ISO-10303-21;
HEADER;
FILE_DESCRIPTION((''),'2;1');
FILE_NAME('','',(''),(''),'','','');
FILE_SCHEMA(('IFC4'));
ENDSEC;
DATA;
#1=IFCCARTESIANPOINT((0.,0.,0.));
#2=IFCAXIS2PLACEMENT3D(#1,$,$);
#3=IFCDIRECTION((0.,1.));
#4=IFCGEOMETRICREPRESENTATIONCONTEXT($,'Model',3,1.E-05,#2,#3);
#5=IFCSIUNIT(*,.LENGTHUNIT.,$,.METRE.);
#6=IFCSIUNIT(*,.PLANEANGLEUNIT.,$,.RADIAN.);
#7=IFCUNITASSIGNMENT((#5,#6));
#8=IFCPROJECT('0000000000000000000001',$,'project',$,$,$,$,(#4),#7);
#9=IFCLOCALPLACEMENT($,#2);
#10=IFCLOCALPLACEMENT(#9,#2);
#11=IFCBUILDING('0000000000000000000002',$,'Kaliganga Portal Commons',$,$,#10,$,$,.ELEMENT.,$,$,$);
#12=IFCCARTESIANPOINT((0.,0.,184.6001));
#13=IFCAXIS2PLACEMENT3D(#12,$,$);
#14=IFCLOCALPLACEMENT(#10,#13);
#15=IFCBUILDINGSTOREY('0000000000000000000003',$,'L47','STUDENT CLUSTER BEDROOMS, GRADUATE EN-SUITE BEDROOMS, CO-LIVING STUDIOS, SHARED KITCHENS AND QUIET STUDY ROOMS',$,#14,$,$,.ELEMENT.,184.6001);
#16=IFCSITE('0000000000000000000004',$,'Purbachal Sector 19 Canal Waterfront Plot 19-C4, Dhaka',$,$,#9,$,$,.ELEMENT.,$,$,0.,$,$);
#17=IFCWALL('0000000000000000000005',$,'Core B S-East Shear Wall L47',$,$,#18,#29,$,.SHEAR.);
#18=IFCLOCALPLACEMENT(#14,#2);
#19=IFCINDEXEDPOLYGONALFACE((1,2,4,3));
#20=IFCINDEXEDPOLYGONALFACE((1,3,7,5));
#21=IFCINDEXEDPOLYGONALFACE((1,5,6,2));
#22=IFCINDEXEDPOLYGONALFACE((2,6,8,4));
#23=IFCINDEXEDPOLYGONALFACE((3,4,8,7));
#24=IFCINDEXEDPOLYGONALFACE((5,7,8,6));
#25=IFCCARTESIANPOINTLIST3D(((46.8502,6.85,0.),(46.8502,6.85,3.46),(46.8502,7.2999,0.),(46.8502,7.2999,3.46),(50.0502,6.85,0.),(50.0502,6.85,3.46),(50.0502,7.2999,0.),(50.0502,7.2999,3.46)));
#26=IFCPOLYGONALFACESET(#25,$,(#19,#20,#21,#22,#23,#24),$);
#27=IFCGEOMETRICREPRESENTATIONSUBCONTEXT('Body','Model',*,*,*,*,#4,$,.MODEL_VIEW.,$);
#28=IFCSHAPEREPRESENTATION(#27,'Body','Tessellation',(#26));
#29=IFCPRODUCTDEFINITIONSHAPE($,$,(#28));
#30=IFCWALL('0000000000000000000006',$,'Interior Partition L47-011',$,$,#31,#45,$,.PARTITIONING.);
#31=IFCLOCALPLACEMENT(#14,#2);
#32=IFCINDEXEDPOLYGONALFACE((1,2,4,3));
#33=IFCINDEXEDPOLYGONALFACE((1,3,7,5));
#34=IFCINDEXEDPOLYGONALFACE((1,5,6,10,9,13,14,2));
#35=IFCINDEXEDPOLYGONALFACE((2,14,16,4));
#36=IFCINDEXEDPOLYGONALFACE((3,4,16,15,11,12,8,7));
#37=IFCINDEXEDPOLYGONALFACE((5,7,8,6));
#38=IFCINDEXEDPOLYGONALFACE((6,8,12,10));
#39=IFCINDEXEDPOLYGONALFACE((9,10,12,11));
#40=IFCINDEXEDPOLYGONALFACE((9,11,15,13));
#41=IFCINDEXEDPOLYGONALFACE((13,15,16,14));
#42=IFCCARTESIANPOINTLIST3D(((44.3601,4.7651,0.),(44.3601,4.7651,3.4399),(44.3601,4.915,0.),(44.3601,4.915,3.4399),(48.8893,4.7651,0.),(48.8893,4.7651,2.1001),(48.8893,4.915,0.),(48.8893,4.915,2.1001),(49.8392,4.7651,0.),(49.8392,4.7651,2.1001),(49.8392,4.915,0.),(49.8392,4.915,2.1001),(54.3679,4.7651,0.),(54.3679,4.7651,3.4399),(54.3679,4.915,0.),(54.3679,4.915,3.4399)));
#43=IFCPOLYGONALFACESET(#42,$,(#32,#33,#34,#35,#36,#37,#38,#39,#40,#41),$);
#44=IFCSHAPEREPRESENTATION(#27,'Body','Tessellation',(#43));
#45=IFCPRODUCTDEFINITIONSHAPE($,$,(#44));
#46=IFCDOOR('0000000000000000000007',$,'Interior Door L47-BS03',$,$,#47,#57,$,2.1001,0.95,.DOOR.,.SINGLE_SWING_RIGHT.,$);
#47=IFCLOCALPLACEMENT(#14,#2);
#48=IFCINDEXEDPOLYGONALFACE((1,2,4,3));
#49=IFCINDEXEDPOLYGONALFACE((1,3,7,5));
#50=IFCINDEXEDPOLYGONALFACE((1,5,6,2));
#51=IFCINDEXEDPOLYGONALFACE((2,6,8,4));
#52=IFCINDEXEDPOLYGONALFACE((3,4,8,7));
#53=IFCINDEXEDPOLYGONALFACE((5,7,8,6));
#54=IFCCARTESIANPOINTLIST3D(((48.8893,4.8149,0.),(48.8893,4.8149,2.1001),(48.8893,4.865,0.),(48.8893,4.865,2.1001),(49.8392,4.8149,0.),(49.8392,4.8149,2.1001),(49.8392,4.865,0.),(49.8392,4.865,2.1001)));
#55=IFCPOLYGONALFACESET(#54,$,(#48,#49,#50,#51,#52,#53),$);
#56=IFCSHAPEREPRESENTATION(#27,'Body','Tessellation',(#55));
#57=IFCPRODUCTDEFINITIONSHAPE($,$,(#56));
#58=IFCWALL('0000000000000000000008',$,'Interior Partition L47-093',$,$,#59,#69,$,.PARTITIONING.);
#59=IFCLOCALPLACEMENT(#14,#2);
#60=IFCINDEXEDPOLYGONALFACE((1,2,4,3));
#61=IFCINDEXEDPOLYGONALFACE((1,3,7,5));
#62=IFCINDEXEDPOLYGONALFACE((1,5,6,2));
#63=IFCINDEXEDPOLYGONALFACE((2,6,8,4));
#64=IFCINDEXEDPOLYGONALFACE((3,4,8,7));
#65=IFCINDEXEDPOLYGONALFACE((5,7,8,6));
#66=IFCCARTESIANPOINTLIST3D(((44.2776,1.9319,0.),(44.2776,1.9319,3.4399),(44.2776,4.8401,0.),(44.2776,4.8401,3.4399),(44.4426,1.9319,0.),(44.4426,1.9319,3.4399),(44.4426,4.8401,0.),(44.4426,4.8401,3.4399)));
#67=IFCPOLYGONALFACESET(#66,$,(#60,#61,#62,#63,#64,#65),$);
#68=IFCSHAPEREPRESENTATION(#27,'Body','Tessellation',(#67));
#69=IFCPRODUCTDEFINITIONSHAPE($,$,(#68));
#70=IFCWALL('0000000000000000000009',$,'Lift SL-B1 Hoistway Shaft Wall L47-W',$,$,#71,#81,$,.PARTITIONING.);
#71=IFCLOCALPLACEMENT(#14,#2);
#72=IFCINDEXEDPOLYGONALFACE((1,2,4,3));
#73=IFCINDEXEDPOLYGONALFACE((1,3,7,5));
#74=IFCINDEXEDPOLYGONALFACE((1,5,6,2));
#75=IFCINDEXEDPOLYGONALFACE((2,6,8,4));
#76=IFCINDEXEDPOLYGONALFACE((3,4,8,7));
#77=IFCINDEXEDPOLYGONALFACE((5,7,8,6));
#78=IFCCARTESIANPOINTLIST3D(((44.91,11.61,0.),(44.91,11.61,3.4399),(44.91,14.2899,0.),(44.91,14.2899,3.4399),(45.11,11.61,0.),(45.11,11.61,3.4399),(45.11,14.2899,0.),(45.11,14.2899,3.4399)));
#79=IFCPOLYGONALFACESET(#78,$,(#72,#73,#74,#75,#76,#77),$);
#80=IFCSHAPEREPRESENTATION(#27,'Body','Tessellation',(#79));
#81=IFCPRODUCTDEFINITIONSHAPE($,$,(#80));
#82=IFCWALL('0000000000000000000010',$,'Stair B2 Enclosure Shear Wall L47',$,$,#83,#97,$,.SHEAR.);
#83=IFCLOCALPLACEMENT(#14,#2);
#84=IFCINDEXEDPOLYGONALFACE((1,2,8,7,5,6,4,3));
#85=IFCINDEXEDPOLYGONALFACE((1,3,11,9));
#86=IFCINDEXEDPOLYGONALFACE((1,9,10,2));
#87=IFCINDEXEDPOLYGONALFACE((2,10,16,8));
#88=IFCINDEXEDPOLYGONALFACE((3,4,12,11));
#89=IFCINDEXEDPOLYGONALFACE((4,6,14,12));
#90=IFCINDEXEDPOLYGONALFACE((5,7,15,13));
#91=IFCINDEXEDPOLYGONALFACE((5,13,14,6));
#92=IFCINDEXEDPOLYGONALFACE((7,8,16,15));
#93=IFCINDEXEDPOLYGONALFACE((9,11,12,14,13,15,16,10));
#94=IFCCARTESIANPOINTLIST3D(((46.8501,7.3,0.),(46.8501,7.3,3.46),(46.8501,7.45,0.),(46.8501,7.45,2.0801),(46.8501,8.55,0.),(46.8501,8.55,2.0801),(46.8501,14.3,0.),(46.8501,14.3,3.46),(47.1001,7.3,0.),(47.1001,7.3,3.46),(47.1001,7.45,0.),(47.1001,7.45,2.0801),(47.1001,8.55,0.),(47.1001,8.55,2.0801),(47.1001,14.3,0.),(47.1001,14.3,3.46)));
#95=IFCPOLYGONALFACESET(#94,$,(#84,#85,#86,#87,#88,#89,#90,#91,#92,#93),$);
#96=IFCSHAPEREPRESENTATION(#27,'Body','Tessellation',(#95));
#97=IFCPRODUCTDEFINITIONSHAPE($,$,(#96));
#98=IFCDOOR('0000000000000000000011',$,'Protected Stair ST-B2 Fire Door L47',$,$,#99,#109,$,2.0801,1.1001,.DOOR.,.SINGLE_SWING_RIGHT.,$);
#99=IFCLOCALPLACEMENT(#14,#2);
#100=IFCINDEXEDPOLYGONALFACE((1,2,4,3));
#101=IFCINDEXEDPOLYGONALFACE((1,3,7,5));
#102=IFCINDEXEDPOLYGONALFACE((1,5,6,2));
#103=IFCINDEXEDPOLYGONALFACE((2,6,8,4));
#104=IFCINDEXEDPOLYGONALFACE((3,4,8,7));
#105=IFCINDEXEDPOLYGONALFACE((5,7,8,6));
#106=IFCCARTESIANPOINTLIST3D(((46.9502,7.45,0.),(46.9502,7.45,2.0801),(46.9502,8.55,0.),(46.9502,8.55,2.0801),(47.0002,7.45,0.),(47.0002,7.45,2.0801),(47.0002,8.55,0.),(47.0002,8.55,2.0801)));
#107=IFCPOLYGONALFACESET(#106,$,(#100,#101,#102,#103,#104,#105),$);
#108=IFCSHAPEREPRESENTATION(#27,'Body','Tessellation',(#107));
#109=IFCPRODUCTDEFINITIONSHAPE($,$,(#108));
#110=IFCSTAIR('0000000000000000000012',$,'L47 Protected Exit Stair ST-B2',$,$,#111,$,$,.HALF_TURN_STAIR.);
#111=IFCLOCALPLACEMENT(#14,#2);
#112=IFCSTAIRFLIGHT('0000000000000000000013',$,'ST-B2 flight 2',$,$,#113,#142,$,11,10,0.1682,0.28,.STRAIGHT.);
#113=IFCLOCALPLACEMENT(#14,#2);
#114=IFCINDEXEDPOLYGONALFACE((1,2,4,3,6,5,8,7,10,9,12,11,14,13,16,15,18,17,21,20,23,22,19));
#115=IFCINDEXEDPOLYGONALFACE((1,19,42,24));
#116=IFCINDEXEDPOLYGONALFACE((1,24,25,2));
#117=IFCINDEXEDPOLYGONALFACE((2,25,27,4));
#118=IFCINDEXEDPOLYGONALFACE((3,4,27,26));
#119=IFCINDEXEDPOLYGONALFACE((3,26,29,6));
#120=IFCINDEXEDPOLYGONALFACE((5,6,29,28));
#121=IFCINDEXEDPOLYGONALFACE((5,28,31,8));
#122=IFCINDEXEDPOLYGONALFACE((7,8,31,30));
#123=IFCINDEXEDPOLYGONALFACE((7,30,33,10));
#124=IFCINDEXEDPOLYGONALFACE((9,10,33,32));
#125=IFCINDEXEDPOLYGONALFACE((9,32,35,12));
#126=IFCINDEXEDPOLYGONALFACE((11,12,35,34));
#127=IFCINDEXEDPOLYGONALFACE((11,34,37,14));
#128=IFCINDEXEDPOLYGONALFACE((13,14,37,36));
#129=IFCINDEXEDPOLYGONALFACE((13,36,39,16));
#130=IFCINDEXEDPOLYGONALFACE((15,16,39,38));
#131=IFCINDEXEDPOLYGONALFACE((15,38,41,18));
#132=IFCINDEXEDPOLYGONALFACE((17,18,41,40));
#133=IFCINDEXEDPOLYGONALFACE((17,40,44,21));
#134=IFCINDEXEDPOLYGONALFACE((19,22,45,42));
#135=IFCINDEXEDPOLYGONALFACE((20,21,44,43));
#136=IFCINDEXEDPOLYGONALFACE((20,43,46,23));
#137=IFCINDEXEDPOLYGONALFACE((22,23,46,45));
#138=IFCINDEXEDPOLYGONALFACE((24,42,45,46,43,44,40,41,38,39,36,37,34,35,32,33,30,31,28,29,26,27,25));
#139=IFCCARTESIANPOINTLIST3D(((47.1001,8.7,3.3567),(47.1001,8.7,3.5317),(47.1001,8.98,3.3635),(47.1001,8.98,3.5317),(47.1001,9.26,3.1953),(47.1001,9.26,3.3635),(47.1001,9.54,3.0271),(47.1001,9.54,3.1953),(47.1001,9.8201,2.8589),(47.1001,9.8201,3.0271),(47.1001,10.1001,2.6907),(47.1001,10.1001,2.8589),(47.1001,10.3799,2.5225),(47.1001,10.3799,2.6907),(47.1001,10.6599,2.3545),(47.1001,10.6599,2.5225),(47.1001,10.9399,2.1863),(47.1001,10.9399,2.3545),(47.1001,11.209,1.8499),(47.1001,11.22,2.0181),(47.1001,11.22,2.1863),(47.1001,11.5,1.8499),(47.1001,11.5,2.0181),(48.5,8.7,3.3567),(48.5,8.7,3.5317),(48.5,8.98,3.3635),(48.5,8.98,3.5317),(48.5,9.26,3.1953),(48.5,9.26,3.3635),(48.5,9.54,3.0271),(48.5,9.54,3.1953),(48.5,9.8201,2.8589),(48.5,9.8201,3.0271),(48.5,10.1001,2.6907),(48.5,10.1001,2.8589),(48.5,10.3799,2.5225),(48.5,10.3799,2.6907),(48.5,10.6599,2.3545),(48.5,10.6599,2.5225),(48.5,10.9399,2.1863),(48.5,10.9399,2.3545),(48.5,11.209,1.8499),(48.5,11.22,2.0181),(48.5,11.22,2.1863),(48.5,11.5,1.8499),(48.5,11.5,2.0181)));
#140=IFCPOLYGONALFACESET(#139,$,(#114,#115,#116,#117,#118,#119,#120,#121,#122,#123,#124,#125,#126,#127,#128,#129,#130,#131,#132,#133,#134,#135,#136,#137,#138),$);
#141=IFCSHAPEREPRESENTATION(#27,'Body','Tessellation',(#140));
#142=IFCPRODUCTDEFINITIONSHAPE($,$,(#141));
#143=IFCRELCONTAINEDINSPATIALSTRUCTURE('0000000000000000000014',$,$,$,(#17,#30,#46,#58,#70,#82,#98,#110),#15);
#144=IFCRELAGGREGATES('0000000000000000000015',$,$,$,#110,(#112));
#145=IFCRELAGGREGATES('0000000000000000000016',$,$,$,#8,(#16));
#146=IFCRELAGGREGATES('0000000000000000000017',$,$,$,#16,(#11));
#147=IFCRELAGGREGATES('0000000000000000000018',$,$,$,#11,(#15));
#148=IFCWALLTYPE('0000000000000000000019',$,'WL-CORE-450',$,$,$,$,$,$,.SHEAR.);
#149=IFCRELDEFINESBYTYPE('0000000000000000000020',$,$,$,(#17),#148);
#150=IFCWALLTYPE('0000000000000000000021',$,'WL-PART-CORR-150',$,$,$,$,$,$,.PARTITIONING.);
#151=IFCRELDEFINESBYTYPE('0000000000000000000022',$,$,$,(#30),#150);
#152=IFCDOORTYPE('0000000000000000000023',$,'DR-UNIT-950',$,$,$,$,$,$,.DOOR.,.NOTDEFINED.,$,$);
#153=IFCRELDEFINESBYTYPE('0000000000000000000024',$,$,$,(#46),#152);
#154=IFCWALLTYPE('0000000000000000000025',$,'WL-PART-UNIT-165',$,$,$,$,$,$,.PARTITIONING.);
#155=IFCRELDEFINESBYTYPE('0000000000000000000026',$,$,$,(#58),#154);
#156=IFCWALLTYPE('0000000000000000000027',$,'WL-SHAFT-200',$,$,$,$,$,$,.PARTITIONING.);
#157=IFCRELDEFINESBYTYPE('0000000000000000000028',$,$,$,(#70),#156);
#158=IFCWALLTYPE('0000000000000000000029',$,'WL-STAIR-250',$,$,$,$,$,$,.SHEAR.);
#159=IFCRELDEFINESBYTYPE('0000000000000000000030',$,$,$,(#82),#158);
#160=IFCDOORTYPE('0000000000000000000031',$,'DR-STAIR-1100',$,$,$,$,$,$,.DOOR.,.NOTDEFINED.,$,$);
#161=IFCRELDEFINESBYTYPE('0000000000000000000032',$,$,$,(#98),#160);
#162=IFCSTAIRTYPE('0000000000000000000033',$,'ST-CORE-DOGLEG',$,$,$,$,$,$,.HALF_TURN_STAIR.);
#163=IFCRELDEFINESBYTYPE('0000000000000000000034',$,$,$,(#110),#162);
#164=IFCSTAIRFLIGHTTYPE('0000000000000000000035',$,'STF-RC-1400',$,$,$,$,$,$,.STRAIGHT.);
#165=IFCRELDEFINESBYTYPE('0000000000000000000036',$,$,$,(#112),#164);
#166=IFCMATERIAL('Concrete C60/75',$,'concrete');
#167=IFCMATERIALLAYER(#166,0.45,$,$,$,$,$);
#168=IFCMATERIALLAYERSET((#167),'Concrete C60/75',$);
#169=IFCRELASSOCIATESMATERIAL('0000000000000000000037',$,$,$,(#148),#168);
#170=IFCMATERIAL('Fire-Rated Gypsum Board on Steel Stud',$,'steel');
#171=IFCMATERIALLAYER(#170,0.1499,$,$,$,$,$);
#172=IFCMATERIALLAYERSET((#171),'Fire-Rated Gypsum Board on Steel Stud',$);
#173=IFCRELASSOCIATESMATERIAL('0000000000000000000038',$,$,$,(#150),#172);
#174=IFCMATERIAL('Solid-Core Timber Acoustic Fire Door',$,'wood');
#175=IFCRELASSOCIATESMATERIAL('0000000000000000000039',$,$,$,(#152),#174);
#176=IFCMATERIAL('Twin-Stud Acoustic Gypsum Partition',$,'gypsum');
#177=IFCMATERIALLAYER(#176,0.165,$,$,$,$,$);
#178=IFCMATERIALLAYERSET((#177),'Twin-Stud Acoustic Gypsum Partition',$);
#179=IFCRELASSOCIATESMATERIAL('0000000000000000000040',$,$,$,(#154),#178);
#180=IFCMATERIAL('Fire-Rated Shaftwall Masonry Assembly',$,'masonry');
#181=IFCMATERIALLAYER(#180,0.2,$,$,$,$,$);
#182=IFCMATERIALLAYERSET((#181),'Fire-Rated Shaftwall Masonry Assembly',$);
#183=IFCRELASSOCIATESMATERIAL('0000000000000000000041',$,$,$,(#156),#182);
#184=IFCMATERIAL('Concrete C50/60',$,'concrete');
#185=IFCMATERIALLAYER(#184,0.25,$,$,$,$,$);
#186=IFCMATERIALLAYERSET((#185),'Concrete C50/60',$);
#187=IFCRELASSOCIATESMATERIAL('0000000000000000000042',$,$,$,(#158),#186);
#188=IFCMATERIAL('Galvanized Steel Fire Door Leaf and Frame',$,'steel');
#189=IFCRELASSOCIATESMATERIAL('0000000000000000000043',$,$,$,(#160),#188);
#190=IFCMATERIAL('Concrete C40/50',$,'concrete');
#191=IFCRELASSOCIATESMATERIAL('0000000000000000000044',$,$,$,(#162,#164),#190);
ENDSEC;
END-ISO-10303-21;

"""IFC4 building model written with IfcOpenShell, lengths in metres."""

from ifc_helpers import new_model, si_unit, direction, frame, frame_2d, origin, place, context, subcontext, project, spatial, polyline, rectangle, outline, extrude, material, layer, layer_set, type_object, element, fill, aggregate, save


model = new_model("IFC4")

# Units and contexts
model_context = context("Model", 3, precision=1e-05, world=origin(), true_north=direction((0.0, 1.0)))
body_context = subcontext(model_context, "Body", "Model", "MODEL_VIEW")
ifc_project = project(units=[si_unit("LENGTHUNIT", "METRE"), si_unit("PLANEANGLEUNIT", "RADIAN")], contexts=[model_context])

# Site, building, storey
site_placement = place(None, origin())
site = spatial("IfcSite", under=ifc_project, at=site_placement, Name="Purbachal Sector 19 Canal Waterfront Plot 19-C4, Dhaka", CompositionType="ELEMENT", RefElevation=0.0)
building_placement = place(site_placement, origin())
building = spatial("IfcBuilding", under=site, at=building_placement, Name="Kaliganga Portal Commons", CompositionType="ELEMENT")
storey_placement = place(building_placement, frame((0.0, 0.0, 184.6001)))
storey = spatial("IfcBuildingStorey", under=building, at=storey_placement, Name="L47", Description="STUDENT CLUSTER BEDROOMS, GRADUATE EN-SUITE BEDROOMS, CO-LIVING STUDIOS, SHARED KITCHENS AND QUIET STUDY ROOMS", CompositionType="ELEMENT", Elevation=184.6001)

# Wall
ifc_material_1 = material(Name="Concrete C60/75", Category="concrete")
ifc_layer_1 = layer(ifc_material_1, 0.45)
ifc_layer_set_1 = layer_set([ifc_layer_1], Name="Concrete C60/75")
wall_type_1 = type_object("IfcWallType", Name="WL-CORE-450", PredefinedType="SHEAR", material=ifc_layer_set_1)
wall_1_placement = place(storey_placement, frame((46.8501, 7.075, 0.0), z_axis=(0.0, 0.0, 1.0), x_axis=(1.0, 0.0, 0.0)))
element("IfcWall", 1, at=wall_1_placement, inside=storey, type_object=wall_type_1, Name="Core B S-East Shear Wall L47", PredefinedType="SHEAR", context=body_context, shape_type="SweptSolid", body=[
    extrude(rectangle(XDim=3.2, YDim=0.45, at=frame_2d((1.6001, 0.0))), origin(), (0.0, 0.0, 1.0), 3.46),
])

# Wall, opening, door
ifc_material_2 = material(Name="Fire-Rated Gypsum Board on Steel Stud", Category="steel")
ifc_layer_2 = layer(ifc_material_2, 0.1499)
ifc_layer_set_2 = layer_set([ifc_layer_2], Name="Fire-Rated Gypsum Board on Steel Stud")
wall_type_2 = type_object("IfcWallType", Name="WL-PART-CORR-150", PredefinedType="PARTITIONING", material=ifc_layer_set_2)
wall_2_placement = place(storey_placement, frame((44.3601, 4.8401, 0.0), z_axis=(0.0, 0.0, 1.0), x_axis=(1.0, 0.0, 0.0)))
wall_2 = element("IfcWall", 2, at=wall_2_placement, inside=storey, type_object=wall_type_2, Name="Interior Partition L47-011", PredefinedType="PARTITIONING", context=body_context, shape_type="SweptSolid", body=[
    extrude(rectangle(XDim=10.0078, YDim=0.1499, at=frame_2d((5.0039, 0.0))), origin(), (0.0, 0.0, 1.0), 3.4399),
])
opening_1_placement = place(wall_2_placement, frame((4.5291, 0.0, 0.0)))
opening_1 = element("IfcOpeningElement", 3, at=opening_1_placement, cuts=wall_2, PredefinedType="OPENING", context=body_context, shape_type="SweptSolid", body=[
    extrude(rectangle(XDim=0.95, YDim=2.1001, at=frame_2d((0.4751, 1.05))), frame((0.0, 0.085, 0.0), z_axis=(0.0, -1.0, 0.0), x_axis=(1.0, 0.0, 0.0)), (0.0, 0.0, 1.0), 0.1699),
])
ifc_material_3 = material(Name="Solid-Core Timber Acoustic Fire Door", Category="wood")
door_type_1 = type_object("IfcDoorType", Name="DR-UNIT-950", OperationType="NOTDEFINED", PredefinedType="DOOR", material=ifc_material_3)
door_1_placement = place(opening_1_placement, origin())
door_1 = element("IfcDoor", 4, at=door_1_placement, inside=storey, type_object=door_type_1, Name="Interior Door L47-BS03", OperationType="SINGLE_SWING_RIGHT", OverallHeight=2.1001, OverallWidth=0.95, PredefinedType="DOOR", context=body_context, shape_type="SweptSolid", body=[
    extrude(rectangle(XDim=0.95, YDim=2.1001, at=frame_2d((0.4751, 1.05))), frame((0.0, 0.0249, 0.0), z_axis=(0.0, -1.0, 0.0), x_axis=(1.0, 0.0, 0.0)), (0.0, 0.0, 1.0), 0.05),
])
fill(opening_1, door_1)

# Walls
ifc_material_4 = material(Name="Twin-Stud Acoustic Gypsum Partition", Category="gypsum")
ifc_layer_3 = layer(ifc_material_4, 0.165)
ifc_layer_set_3 = layer_set([ifc_layer_3], Name="Twin-Stud Acoustic Gypsum Partition")
wall_type_3 = type_object("IfcWallType", Name="WL-PART-UNIT-165", PredefinedType="PARTITIONING", material=ifc_layer_set_3)
wall_3_placement = place(storey_placement, frame((44.3601, 1.9319, 0.0), z_axis=(0.0, 0.0, 1.0), x_axis=(0.0, 1.0, 0.0)))
element("IfcWall", 5, at=wall_3_placement, inside=storey, type_object=wall_type_3, Name="Interior Partition L47-093", PredefinedType="PARTITIONING", context=body_context, shape_type="SweptSolid", body=[
    extrude(rectangle(XDim=2.9082, YDim=0.165, at=frame_2d((1.4541, 0.0))), origin(), (0.0, 0.0, 1.0), 3.4399),
])
ifc_material_5 = material(Name="Fire-Rated Shaftwall Masonry Assembly", Category="masonry")
ifc_layer_4 = layer(ifc_material_5, 0.2)
ifc_layer_set_4 = layer_set([ifc_layer_4], Name="Fire-Rated Shaftwall Masonry Assembly")
wall_type_4 = type_object("IfcWallType", Name="WL-SHAFT-200", PredefinedType="PARTITIONING", material=ifc_layer_set_4)
wall_4_placement = place(storey_placement, frame((45.01, 11.6101, 0.0), z_axis=(0.0, 0.0, 1.0), x_axis=(0.0, 1.0, 0.0)))
element("IfcWall", 6, at=wall_4_placement, inside=storey, type_object=wall_type_4, Name="Lift SL-B1 Hoistway Shaft Wall L47-W", PredefinedType="PARTITIONING", context=body_context, shape_type="SweptSolid", body=[
    extrude(rectangle(XDim=2.6799, YDim=0.2, at=frame_2d((1.3398, 0.0))), origin(), (0.0, 0.0, 1.0), 3.4399),
])

# Wall, opening, door
ifc_material_6 = material(Name="Concrete C50/60", Category="concrete")
ifc_layer_5 = layer(ifc_material_6, 0.25)
ifc_layer_set_5 = layer_set([ifc_layer_5], Name="Concrete C50/60")
wall_type_5 = type_object("IfcWallType", Name="WL-STAIR-250", PredefinedType="SHEAR", material=ifc_layer_set_5)
wall_5_placement = place(storey_placement, frame((46.9751, 7.3, 0.0), z_axis=(0.0, 0.0, 1.0), x_axis=(0.0, 1.0, 0.0)))
wall_5 = element("IfcWall", 7, at=wall_5_placement, inside=storey, type_object=wall_type_5, Name="Stair B2 Enclosure Shear Wall L47", PredefinedType="SHEAR", context=body_context, shape_type="SweptSolid", body=[
    extrude(rectangle(XDim=7.0, YDim=0.25, at=frame_2d((3.5, 0.0))), origin(), (0.0, 0.0, 1.0), 3.46),
])
opening_2_placement = place(wall_5_placement, frame((0.1499, 0.0, 0.0)))
opening_2 = element("IfcOpeningElement", 8, at=opening_2_placement, cuts=wall_5, PredefinedType="OPENING", context=body_context, shape_type="SweptSolid", body=[
    extrude(rectangle(XDim=1.1001, YDim=2.0801, at=frame_2d((0.55, 1.04))), frame((0.0, 0.135, 0.0), z_axis=(0.0, -1.0, 0.0), x_axis=(1.0, 0.0, 0.0)), (0.0, 0.0, 1.0), 0.27),
])
ifc_material_7 = material(Name="Galvanized Steel Fire Door Leaf and Frame", Category="steel")
door_type_2 = type_object("IfcDoorType", Name="DR-STAIR-1100", OperationType="NOTDEFINED", PredefinedType="DOOR", material=ifc_material_7)
door_2_placement = place(opening_2_placement, origin())
door_2 = element("IfcDoor", 9, at=door_2_placement, inside=storey, type_object=door_type_2, Name="Protected Stair ST-B2 Fire Door L47", OperationType="SINGLE_SWING_RIGHT", OverallHeight=2.0801, OverallWidth=1.1001, PredefinedType="DOOR", context=body_context, shape_type="SweptSolid", body=[
    extrude(rectangle(XDim=1.1001, YDim=2.0801, at=frame_2d((0.55, 1.04))), frame((0.0, 0.0249, 0.0), z_axis=(0.0, -1.0, 0.0), x_axis=(1.0, 0.0, 0.0)), (0.0, 0.0, 1.0), 0.05),
])
fill(opening_2, door_2)

# Stair, stair flight
ifc_material_8 = material(Name="Concrete C40/50", Category="concrete")
stair_type = type_object("IfcStairType", Name="ST-CORE-DOGLEG", PredefinedType="HALF_TURN_STAIR", material=ifc_material_8)
stair_placement = place(storey_placement, origin())
stair = element("IfcStair", 10, at=stair_placement, inside=storey, type_object=stair_type, Name="L47 Protected Exit Stair ST-B2", PredefinedType="HALF_TURN_STAIR")
stair_flight_type = type_object("IfcStairFlightType", Name="STF-RC-1400", PredefinedType="STRAIGHT", material=ifc_material_8)
stair_flight_placement = place(storey_placement, frame((47.8, 11.5, 1.8499), z_axis=(0.0, 0.0, 1.0), x_axis=(0.0, -1.0, 0.0)))
stair_flight = element("IfcStairFlight", 11, at=stair_flight_placement, type_object=stair_flight_type, Name="ST-B2 flight 2", NumberOfRisers=11, NumberOfTreads=10, PredefinedType="STRAIGHT", RiserHeight=0.1682, TreadLength=0.28, context=body_context, shape_type="SweptSolid", body=[
    extrude(outline(polyline([(0.0, 0.0), (0.0, 0.1682), (0.28, 0.1682), (0.28, 0.3364), (0.5601, 0.3364), (0.5601, 0.5046), (0.8401, 0.5046), (0.8401, 0.6726), (1.1201, 0.6726), (1.1201, 0.8408), (1.3999, 0.8408), (1.3999, 1.009), (1.6799, 1.009), (1.6799, 1.1772), (1.96, 1.1772), (1.96, 1.3455), (2.24, 1.3455), (2.24, 1.5137), (2.52, 1.5137), (2.52, 1.6819), (2.8, 1.6819), (2.8, 1.8501), (2.8, 1.5068), (0.291, 0.0), (0.0, 0.0)])), frame((0.0, 0.7, 0.0), z_axis=(0.0, -1.0, 0.0), x_axis=(1.0, 0.0, 0.0)), (0.0, 0.0, 1.0), 1.3999),
])
aggregate(stair, [stair_flight])

save(model, "model.ifc")
